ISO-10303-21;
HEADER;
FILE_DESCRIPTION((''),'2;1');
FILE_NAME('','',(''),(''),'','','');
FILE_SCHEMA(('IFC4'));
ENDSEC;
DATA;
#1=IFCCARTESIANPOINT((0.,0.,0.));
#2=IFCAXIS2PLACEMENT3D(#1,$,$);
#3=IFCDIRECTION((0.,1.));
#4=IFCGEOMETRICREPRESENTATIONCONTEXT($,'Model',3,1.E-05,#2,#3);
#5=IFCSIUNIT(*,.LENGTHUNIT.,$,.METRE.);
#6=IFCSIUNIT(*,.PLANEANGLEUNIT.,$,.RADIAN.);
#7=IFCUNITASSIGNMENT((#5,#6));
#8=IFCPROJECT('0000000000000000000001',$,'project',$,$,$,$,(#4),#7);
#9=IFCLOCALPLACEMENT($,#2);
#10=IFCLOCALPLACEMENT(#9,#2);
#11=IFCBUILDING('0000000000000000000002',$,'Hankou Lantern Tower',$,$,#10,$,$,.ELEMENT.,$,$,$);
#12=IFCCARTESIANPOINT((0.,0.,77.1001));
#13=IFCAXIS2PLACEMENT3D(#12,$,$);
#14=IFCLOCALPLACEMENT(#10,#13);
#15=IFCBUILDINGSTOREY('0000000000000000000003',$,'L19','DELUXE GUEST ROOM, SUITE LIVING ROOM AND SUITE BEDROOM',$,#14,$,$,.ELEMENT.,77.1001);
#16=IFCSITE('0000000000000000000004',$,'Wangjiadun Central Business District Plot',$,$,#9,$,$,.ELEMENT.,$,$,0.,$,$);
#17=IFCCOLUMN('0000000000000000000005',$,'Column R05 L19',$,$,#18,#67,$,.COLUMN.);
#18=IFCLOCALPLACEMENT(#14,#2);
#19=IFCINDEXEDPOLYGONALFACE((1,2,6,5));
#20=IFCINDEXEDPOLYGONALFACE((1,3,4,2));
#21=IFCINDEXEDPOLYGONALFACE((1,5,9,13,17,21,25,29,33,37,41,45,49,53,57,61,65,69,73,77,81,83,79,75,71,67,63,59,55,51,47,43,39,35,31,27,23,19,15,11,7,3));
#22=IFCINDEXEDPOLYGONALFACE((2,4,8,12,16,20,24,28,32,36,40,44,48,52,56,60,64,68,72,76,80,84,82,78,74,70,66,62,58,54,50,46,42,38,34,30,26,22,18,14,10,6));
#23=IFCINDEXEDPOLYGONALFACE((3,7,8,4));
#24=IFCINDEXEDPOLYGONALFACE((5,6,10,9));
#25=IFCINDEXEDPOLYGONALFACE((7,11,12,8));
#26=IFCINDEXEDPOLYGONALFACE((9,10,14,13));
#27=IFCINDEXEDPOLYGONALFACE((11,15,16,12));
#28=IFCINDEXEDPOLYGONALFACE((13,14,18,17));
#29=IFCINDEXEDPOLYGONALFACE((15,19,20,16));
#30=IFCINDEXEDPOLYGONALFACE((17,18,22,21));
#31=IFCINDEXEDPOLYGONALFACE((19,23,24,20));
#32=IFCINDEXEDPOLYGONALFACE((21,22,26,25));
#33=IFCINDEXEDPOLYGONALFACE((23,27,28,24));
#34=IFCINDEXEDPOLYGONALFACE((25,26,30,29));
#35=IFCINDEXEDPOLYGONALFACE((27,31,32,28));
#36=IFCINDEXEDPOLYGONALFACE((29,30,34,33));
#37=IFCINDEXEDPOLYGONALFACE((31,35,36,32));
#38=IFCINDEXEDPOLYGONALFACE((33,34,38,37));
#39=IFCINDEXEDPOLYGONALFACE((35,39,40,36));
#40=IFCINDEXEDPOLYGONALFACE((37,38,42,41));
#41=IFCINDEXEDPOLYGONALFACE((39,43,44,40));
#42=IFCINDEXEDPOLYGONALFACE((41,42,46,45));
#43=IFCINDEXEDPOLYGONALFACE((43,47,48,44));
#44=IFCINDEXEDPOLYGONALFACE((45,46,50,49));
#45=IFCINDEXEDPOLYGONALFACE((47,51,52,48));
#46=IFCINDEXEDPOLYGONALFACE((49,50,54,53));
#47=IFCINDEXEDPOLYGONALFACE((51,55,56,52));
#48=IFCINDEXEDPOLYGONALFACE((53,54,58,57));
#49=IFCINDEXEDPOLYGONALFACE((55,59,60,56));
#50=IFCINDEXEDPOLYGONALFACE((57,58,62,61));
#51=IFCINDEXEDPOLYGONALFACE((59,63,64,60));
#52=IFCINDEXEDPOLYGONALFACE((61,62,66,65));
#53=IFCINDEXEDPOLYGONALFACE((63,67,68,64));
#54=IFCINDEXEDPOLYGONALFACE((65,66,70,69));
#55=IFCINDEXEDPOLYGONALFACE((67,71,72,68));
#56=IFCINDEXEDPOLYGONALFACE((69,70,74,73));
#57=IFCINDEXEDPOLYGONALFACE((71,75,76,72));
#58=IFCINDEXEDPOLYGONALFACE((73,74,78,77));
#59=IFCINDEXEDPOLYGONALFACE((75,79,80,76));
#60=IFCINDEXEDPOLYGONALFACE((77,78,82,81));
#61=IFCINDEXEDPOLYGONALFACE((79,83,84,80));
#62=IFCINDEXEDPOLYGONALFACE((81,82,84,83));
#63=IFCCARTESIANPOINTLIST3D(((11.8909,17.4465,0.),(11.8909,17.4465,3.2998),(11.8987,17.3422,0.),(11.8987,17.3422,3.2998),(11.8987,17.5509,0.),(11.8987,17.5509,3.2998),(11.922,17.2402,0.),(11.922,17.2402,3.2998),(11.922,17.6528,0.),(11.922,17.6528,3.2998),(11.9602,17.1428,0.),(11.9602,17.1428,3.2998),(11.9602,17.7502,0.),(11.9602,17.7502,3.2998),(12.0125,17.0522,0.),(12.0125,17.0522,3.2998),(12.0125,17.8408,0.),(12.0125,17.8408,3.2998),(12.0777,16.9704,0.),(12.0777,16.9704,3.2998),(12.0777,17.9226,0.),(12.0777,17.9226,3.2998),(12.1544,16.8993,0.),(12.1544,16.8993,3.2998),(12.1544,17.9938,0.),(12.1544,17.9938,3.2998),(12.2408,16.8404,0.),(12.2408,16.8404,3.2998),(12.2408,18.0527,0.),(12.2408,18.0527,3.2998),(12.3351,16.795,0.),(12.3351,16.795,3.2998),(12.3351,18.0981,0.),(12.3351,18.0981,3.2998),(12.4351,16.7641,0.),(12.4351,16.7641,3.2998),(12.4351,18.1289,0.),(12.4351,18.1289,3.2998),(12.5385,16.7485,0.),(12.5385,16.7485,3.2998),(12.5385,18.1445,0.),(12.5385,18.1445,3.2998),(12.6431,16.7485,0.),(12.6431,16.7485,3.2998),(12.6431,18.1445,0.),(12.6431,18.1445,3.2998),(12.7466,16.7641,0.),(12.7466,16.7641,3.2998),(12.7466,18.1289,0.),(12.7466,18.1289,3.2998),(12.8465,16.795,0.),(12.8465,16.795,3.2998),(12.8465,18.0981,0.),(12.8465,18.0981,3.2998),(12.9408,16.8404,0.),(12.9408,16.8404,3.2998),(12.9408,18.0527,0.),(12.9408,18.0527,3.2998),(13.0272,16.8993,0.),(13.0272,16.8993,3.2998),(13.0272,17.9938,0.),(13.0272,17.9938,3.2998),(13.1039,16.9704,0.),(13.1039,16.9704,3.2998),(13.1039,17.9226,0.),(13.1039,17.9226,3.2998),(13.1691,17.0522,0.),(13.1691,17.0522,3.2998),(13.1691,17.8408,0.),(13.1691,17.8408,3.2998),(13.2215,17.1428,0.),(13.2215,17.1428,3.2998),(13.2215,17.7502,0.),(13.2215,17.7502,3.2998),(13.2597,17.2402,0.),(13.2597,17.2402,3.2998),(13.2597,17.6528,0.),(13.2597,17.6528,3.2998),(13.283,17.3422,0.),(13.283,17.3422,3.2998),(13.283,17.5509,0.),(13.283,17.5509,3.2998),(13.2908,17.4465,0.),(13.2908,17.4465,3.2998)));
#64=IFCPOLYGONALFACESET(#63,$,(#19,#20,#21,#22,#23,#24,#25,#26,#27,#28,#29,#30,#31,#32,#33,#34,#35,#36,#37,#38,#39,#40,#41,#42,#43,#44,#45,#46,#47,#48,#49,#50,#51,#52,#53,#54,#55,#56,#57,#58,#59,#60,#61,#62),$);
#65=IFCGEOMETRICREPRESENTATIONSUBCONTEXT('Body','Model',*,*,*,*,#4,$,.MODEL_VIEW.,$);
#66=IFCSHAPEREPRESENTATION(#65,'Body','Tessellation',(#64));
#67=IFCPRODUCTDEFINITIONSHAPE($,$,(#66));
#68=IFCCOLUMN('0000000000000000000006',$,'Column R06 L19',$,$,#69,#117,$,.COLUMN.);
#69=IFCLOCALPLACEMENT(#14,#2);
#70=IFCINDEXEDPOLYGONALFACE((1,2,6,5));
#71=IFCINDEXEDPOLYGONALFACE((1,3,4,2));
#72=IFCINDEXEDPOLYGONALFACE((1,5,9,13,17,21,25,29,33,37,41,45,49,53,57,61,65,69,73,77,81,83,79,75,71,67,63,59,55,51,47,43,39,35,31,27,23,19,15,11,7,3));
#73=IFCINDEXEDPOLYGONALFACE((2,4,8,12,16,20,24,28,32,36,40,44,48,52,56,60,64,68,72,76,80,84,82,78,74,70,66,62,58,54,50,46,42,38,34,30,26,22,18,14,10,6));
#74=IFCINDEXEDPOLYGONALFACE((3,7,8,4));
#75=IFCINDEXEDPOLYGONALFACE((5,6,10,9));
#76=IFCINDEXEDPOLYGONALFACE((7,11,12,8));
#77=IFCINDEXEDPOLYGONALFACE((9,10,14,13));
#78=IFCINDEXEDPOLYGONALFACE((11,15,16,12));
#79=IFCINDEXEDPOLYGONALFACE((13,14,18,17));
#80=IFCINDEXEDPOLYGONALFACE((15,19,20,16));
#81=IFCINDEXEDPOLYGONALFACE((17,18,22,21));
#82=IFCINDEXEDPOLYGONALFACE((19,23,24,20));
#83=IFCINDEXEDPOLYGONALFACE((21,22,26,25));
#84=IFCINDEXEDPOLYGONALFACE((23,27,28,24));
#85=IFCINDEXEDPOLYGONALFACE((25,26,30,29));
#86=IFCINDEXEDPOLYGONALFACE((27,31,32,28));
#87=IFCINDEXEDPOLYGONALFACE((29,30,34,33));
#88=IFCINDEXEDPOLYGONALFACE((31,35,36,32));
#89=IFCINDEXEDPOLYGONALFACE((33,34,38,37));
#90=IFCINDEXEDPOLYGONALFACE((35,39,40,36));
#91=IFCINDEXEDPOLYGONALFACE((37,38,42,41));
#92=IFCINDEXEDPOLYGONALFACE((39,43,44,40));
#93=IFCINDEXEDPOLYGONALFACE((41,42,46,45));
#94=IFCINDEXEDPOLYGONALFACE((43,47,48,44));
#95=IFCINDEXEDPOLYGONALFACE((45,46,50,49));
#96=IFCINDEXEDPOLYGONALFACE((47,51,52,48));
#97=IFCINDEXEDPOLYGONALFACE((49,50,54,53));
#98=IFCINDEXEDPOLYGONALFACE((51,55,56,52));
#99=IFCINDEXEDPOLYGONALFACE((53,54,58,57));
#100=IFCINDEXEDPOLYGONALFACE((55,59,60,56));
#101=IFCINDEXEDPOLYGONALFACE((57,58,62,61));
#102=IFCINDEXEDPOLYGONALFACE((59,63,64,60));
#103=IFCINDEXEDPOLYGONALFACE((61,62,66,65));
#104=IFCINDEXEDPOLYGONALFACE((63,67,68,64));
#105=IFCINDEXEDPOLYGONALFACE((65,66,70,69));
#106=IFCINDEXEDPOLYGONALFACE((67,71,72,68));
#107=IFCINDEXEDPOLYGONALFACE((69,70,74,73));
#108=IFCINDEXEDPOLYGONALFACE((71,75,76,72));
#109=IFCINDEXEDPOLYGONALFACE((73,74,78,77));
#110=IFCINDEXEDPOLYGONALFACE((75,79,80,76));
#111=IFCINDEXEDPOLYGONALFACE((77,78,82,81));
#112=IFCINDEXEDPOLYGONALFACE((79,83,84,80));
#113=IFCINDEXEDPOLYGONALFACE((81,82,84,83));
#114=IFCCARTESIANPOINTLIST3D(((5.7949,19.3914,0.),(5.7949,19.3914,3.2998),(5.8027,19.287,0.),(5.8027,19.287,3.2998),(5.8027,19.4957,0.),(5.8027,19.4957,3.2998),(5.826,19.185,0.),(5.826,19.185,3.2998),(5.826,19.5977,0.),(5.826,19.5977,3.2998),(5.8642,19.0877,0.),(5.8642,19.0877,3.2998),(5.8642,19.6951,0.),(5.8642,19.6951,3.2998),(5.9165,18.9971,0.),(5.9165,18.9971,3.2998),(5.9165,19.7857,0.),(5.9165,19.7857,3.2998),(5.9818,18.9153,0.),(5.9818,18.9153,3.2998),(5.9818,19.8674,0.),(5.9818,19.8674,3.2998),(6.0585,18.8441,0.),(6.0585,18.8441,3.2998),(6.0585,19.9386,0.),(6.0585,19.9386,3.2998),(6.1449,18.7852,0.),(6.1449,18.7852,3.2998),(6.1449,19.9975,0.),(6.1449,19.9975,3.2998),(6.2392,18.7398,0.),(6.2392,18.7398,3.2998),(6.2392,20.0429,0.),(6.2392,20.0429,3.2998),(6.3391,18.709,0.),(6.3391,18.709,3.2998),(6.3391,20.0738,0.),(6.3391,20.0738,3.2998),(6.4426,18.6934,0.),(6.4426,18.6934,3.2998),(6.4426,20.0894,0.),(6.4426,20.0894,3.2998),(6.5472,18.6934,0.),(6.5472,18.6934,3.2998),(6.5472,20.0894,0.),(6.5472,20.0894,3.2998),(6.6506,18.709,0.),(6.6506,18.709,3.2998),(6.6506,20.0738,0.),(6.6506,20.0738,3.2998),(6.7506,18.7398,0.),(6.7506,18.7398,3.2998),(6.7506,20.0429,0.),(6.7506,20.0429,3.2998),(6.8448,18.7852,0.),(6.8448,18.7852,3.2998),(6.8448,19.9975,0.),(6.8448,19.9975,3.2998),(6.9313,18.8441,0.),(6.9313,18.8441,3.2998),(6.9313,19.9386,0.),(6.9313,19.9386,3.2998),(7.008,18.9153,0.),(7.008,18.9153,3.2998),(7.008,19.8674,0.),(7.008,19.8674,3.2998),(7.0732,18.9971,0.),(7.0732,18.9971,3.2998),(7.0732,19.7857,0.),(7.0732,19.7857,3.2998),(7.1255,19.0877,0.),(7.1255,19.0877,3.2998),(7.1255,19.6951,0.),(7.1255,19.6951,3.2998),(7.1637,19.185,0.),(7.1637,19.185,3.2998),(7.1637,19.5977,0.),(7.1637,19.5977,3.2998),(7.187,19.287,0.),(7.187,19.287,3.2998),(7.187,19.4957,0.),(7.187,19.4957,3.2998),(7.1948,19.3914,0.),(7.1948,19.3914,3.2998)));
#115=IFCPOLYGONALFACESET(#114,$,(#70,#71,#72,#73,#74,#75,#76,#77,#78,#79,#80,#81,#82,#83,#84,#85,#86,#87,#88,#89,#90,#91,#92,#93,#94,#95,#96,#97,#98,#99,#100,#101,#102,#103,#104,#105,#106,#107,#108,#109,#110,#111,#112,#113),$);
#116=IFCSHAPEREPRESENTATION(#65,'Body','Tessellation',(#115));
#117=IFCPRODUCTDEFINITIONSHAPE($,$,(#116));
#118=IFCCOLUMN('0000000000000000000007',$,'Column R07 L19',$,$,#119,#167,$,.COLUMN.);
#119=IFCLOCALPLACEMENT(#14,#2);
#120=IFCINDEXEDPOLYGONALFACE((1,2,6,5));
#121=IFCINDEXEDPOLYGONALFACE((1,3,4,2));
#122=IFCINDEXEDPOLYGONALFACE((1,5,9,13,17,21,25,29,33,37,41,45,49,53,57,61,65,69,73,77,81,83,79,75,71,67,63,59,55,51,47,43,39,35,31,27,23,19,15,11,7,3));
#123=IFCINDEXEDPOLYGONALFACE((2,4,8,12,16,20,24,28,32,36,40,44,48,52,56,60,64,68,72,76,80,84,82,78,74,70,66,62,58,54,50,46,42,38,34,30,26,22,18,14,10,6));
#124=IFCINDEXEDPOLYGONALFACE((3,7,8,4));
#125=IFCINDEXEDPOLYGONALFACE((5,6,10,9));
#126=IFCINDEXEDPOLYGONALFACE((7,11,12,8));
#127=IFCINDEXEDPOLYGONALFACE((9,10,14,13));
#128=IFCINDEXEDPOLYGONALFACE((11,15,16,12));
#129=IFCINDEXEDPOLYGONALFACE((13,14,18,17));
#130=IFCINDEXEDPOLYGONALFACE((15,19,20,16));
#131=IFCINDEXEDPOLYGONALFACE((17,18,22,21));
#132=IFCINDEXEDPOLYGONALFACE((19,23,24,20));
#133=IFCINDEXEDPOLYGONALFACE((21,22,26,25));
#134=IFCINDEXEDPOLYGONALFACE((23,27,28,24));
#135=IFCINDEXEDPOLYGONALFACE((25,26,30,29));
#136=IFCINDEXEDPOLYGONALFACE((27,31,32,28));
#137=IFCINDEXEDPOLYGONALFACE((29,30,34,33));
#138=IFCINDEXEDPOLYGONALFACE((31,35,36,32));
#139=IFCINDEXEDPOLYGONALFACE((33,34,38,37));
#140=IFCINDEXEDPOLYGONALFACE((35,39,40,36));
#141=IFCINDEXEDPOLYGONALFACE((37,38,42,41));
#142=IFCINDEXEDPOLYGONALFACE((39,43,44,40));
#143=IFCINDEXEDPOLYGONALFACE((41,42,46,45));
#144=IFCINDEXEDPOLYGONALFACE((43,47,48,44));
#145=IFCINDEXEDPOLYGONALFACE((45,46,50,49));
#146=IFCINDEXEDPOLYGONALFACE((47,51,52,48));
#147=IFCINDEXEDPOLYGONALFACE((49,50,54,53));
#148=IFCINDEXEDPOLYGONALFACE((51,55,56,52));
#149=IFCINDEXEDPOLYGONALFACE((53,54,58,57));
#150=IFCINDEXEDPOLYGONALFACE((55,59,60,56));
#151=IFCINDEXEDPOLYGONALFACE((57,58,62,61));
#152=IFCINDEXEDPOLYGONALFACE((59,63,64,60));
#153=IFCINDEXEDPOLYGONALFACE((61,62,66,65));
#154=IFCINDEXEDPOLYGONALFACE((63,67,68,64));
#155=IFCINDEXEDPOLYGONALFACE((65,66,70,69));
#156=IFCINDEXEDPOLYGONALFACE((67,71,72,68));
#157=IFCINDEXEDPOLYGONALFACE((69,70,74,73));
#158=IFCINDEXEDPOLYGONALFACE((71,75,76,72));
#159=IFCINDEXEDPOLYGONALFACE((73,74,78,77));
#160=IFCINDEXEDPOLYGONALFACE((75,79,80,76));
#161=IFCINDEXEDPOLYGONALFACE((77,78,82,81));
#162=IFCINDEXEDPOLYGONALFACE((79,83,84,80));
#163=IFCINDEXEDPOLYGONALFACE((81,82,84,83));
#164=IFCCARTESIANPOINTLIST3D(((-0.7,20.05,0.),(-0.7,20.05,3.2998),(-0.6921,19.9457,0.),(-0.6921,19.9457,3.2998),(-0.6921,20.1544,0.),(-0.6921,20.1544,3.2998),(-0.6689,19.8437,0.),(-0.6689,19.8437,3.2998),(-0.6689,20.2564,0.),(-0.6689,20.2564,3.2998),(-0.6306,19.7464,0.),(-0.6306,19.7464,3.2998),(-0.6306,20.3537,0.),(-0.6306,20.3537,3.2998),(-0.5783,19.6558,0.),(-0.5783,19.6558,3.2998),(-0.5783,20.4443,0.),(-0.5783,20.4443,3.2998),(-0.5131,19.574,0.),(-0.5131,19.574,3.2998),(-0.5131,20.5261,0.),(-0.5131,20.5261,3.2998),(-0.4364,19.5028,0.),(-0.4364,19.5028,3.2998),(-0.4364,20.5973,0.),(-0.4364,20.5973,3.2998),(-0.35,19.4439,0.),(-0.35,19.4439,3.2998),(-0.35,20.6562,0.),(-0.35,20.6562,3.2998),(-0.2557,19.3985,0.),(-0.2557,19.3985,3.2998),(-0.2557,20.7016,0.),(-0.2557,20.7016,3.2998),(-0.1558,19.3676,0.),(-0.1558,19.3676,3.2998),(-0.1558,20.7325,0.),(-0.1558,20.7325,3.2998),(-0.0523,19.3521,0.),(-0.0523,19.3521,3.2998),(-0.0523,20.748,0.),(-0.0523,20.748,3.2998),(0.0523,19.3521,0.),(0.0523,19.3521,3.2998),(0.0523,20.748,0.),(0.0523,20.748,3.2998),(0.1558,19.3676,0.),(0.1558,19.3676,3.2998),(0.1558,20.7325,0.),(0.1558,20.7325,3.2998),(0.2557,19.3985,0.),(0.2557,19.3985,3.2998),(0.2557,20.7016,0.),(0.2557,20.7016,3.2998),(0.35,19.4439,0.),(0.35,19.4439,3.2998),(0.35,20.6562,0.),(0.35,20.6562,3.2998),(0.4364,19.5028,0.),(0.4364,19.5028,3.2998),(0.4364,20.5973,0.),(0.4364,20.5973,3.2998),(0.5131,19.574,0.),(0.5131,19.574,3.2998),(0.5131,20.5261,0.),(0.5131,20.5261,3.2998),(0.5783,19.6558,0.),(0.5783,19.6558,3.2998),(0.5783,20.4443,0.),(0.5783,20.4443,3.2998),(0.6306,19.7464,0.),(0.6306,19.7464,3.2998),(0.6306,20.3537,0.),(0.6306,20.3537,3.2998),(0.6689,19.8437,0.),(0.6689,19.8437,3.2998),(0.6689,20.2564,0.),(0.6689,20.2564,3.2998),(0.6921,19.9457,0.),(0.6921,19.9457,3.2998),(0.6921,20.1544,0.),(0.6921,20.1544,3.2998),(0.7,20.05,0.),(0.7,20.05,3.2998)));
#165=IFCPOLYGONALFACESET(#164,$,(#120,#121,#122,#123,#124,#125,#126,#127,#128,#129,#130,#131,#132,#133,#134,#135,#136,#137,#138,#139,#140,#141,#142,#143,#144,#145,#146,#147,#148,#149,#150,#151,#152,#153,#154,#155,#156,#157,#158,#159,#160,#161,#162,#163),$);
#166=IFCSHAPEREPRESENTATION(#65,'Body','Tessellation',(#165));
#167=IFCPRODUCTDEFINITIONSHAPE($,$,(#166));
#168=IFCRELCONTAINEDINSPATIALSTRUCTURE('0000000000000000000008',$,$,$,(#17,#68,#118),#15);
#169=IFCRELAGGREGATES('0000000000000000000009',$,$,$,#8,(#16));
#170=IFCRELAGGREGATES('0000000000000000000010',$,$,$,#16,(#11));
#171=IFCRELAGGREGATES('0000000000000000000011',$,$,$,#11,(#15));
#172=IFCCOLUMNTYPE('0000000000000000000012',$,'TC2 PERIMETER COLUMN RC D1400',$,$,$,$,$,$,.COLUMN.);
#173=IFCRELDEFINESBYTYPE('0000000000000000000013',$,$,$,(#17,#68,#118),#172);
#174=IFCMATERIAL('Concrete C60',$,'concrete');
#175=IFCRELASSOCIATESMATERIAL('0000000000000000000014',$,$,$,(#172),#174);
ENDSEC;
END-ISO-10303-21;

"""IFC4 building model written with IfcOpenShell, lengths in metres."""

from ifc_helpers import new_model, si_unit, direction, frame, origin, origin_2d, place, context, subcontext, project, spatial, circle, extrude, material, material_profile, profile_set, type_object, element, save


model = new_model("IFC4")

# Units and contexts
model_context = context("Model", 3, precision=1e-05, world=origin(), true_north=direction((0.0, 1.0)))
body_context = subcontext(model_context, "Body", "Model", "MODEL_VIEW")
ifc_project = project(units=[si_unit("LENGTHUNIT", "METRE"), si_unit("PLANEANGLEUNIT", "RADIAN")], contexts=[model_context])

# Site, building, storey
site_placement = place(None, origin())
site = spatial("IfcSite", under=ifc_project, at=site_placement, Name="Wangjiadun Central Business District Plot", CompositionType="ELEMENT", RefElevation=0.0)
building_placement = place(site_placement, origin())
building = spatial("IfcBuilding", under=site, at=building_placement, Name="Hankou Lantern Tower", CompositionType="ELEMENT")
storey_placement = place(building_placement, frame((0.0, 0.0, 77.1001)))
storey = spatial("IfcBuildingStorey", under=building, at=storey_placement, Name="L19", Description="DELUXE GUEST ROOM, SUITE LIVING ROOM AND SUITE BEDROOM", CompositionType="ELEMENT", Elevation=77.1001)

# Columns
ifc_material_1 = material(Name="Concrete C60", Category="concrete")
ifc_material_profile_1 = material_profile(ifc_material_1, circle(Radius=0.7, at=origin_2d()), Name="RC D1400")
ifc_profile_set_1 = profile_set([ifc_material_profile_1], Name="Concrete C60")
column_type = type_object("IfcColumnType", Name="TC2 PERIMETER COLUMN RC D1400", PredefinedType="COLUMN", material=ifc_profile_set_1)
for number, where, z_axis, x_axis, name in (
    (1, (12.5908, 17.4465, 0.0), (0.0, 0.0, 1.0), (1.0, 0.0, 0.0), "Column R05 L19"),
    (2, (6.4949, 19.3914, 0.0), (0.0, 0.0, 1.0), (1.0, 0.0, 0.0), "Column R06 L19"),
    (3, (0.0, 20.05, 0.0), (0.0, 0.0, 1.0), (1.0, 0.0, 0.0), "Column R07 L19"),
):
    element("IfcColumn", number, at=place(storey_placement, frame(where, z_axis=z_axis, x_axis=x_axis)), inside=storey, type_object=column_type, Name=name, PredefinedType="COLUMN", context=body_context, shape_type="SweptSolid", body=[
        extrude(circle(Radius=0.7, at=origin_2d()), origin(), (0.0, 0.0, 1.0), 3.2998),
    ])

save(model, "model.ifc")
